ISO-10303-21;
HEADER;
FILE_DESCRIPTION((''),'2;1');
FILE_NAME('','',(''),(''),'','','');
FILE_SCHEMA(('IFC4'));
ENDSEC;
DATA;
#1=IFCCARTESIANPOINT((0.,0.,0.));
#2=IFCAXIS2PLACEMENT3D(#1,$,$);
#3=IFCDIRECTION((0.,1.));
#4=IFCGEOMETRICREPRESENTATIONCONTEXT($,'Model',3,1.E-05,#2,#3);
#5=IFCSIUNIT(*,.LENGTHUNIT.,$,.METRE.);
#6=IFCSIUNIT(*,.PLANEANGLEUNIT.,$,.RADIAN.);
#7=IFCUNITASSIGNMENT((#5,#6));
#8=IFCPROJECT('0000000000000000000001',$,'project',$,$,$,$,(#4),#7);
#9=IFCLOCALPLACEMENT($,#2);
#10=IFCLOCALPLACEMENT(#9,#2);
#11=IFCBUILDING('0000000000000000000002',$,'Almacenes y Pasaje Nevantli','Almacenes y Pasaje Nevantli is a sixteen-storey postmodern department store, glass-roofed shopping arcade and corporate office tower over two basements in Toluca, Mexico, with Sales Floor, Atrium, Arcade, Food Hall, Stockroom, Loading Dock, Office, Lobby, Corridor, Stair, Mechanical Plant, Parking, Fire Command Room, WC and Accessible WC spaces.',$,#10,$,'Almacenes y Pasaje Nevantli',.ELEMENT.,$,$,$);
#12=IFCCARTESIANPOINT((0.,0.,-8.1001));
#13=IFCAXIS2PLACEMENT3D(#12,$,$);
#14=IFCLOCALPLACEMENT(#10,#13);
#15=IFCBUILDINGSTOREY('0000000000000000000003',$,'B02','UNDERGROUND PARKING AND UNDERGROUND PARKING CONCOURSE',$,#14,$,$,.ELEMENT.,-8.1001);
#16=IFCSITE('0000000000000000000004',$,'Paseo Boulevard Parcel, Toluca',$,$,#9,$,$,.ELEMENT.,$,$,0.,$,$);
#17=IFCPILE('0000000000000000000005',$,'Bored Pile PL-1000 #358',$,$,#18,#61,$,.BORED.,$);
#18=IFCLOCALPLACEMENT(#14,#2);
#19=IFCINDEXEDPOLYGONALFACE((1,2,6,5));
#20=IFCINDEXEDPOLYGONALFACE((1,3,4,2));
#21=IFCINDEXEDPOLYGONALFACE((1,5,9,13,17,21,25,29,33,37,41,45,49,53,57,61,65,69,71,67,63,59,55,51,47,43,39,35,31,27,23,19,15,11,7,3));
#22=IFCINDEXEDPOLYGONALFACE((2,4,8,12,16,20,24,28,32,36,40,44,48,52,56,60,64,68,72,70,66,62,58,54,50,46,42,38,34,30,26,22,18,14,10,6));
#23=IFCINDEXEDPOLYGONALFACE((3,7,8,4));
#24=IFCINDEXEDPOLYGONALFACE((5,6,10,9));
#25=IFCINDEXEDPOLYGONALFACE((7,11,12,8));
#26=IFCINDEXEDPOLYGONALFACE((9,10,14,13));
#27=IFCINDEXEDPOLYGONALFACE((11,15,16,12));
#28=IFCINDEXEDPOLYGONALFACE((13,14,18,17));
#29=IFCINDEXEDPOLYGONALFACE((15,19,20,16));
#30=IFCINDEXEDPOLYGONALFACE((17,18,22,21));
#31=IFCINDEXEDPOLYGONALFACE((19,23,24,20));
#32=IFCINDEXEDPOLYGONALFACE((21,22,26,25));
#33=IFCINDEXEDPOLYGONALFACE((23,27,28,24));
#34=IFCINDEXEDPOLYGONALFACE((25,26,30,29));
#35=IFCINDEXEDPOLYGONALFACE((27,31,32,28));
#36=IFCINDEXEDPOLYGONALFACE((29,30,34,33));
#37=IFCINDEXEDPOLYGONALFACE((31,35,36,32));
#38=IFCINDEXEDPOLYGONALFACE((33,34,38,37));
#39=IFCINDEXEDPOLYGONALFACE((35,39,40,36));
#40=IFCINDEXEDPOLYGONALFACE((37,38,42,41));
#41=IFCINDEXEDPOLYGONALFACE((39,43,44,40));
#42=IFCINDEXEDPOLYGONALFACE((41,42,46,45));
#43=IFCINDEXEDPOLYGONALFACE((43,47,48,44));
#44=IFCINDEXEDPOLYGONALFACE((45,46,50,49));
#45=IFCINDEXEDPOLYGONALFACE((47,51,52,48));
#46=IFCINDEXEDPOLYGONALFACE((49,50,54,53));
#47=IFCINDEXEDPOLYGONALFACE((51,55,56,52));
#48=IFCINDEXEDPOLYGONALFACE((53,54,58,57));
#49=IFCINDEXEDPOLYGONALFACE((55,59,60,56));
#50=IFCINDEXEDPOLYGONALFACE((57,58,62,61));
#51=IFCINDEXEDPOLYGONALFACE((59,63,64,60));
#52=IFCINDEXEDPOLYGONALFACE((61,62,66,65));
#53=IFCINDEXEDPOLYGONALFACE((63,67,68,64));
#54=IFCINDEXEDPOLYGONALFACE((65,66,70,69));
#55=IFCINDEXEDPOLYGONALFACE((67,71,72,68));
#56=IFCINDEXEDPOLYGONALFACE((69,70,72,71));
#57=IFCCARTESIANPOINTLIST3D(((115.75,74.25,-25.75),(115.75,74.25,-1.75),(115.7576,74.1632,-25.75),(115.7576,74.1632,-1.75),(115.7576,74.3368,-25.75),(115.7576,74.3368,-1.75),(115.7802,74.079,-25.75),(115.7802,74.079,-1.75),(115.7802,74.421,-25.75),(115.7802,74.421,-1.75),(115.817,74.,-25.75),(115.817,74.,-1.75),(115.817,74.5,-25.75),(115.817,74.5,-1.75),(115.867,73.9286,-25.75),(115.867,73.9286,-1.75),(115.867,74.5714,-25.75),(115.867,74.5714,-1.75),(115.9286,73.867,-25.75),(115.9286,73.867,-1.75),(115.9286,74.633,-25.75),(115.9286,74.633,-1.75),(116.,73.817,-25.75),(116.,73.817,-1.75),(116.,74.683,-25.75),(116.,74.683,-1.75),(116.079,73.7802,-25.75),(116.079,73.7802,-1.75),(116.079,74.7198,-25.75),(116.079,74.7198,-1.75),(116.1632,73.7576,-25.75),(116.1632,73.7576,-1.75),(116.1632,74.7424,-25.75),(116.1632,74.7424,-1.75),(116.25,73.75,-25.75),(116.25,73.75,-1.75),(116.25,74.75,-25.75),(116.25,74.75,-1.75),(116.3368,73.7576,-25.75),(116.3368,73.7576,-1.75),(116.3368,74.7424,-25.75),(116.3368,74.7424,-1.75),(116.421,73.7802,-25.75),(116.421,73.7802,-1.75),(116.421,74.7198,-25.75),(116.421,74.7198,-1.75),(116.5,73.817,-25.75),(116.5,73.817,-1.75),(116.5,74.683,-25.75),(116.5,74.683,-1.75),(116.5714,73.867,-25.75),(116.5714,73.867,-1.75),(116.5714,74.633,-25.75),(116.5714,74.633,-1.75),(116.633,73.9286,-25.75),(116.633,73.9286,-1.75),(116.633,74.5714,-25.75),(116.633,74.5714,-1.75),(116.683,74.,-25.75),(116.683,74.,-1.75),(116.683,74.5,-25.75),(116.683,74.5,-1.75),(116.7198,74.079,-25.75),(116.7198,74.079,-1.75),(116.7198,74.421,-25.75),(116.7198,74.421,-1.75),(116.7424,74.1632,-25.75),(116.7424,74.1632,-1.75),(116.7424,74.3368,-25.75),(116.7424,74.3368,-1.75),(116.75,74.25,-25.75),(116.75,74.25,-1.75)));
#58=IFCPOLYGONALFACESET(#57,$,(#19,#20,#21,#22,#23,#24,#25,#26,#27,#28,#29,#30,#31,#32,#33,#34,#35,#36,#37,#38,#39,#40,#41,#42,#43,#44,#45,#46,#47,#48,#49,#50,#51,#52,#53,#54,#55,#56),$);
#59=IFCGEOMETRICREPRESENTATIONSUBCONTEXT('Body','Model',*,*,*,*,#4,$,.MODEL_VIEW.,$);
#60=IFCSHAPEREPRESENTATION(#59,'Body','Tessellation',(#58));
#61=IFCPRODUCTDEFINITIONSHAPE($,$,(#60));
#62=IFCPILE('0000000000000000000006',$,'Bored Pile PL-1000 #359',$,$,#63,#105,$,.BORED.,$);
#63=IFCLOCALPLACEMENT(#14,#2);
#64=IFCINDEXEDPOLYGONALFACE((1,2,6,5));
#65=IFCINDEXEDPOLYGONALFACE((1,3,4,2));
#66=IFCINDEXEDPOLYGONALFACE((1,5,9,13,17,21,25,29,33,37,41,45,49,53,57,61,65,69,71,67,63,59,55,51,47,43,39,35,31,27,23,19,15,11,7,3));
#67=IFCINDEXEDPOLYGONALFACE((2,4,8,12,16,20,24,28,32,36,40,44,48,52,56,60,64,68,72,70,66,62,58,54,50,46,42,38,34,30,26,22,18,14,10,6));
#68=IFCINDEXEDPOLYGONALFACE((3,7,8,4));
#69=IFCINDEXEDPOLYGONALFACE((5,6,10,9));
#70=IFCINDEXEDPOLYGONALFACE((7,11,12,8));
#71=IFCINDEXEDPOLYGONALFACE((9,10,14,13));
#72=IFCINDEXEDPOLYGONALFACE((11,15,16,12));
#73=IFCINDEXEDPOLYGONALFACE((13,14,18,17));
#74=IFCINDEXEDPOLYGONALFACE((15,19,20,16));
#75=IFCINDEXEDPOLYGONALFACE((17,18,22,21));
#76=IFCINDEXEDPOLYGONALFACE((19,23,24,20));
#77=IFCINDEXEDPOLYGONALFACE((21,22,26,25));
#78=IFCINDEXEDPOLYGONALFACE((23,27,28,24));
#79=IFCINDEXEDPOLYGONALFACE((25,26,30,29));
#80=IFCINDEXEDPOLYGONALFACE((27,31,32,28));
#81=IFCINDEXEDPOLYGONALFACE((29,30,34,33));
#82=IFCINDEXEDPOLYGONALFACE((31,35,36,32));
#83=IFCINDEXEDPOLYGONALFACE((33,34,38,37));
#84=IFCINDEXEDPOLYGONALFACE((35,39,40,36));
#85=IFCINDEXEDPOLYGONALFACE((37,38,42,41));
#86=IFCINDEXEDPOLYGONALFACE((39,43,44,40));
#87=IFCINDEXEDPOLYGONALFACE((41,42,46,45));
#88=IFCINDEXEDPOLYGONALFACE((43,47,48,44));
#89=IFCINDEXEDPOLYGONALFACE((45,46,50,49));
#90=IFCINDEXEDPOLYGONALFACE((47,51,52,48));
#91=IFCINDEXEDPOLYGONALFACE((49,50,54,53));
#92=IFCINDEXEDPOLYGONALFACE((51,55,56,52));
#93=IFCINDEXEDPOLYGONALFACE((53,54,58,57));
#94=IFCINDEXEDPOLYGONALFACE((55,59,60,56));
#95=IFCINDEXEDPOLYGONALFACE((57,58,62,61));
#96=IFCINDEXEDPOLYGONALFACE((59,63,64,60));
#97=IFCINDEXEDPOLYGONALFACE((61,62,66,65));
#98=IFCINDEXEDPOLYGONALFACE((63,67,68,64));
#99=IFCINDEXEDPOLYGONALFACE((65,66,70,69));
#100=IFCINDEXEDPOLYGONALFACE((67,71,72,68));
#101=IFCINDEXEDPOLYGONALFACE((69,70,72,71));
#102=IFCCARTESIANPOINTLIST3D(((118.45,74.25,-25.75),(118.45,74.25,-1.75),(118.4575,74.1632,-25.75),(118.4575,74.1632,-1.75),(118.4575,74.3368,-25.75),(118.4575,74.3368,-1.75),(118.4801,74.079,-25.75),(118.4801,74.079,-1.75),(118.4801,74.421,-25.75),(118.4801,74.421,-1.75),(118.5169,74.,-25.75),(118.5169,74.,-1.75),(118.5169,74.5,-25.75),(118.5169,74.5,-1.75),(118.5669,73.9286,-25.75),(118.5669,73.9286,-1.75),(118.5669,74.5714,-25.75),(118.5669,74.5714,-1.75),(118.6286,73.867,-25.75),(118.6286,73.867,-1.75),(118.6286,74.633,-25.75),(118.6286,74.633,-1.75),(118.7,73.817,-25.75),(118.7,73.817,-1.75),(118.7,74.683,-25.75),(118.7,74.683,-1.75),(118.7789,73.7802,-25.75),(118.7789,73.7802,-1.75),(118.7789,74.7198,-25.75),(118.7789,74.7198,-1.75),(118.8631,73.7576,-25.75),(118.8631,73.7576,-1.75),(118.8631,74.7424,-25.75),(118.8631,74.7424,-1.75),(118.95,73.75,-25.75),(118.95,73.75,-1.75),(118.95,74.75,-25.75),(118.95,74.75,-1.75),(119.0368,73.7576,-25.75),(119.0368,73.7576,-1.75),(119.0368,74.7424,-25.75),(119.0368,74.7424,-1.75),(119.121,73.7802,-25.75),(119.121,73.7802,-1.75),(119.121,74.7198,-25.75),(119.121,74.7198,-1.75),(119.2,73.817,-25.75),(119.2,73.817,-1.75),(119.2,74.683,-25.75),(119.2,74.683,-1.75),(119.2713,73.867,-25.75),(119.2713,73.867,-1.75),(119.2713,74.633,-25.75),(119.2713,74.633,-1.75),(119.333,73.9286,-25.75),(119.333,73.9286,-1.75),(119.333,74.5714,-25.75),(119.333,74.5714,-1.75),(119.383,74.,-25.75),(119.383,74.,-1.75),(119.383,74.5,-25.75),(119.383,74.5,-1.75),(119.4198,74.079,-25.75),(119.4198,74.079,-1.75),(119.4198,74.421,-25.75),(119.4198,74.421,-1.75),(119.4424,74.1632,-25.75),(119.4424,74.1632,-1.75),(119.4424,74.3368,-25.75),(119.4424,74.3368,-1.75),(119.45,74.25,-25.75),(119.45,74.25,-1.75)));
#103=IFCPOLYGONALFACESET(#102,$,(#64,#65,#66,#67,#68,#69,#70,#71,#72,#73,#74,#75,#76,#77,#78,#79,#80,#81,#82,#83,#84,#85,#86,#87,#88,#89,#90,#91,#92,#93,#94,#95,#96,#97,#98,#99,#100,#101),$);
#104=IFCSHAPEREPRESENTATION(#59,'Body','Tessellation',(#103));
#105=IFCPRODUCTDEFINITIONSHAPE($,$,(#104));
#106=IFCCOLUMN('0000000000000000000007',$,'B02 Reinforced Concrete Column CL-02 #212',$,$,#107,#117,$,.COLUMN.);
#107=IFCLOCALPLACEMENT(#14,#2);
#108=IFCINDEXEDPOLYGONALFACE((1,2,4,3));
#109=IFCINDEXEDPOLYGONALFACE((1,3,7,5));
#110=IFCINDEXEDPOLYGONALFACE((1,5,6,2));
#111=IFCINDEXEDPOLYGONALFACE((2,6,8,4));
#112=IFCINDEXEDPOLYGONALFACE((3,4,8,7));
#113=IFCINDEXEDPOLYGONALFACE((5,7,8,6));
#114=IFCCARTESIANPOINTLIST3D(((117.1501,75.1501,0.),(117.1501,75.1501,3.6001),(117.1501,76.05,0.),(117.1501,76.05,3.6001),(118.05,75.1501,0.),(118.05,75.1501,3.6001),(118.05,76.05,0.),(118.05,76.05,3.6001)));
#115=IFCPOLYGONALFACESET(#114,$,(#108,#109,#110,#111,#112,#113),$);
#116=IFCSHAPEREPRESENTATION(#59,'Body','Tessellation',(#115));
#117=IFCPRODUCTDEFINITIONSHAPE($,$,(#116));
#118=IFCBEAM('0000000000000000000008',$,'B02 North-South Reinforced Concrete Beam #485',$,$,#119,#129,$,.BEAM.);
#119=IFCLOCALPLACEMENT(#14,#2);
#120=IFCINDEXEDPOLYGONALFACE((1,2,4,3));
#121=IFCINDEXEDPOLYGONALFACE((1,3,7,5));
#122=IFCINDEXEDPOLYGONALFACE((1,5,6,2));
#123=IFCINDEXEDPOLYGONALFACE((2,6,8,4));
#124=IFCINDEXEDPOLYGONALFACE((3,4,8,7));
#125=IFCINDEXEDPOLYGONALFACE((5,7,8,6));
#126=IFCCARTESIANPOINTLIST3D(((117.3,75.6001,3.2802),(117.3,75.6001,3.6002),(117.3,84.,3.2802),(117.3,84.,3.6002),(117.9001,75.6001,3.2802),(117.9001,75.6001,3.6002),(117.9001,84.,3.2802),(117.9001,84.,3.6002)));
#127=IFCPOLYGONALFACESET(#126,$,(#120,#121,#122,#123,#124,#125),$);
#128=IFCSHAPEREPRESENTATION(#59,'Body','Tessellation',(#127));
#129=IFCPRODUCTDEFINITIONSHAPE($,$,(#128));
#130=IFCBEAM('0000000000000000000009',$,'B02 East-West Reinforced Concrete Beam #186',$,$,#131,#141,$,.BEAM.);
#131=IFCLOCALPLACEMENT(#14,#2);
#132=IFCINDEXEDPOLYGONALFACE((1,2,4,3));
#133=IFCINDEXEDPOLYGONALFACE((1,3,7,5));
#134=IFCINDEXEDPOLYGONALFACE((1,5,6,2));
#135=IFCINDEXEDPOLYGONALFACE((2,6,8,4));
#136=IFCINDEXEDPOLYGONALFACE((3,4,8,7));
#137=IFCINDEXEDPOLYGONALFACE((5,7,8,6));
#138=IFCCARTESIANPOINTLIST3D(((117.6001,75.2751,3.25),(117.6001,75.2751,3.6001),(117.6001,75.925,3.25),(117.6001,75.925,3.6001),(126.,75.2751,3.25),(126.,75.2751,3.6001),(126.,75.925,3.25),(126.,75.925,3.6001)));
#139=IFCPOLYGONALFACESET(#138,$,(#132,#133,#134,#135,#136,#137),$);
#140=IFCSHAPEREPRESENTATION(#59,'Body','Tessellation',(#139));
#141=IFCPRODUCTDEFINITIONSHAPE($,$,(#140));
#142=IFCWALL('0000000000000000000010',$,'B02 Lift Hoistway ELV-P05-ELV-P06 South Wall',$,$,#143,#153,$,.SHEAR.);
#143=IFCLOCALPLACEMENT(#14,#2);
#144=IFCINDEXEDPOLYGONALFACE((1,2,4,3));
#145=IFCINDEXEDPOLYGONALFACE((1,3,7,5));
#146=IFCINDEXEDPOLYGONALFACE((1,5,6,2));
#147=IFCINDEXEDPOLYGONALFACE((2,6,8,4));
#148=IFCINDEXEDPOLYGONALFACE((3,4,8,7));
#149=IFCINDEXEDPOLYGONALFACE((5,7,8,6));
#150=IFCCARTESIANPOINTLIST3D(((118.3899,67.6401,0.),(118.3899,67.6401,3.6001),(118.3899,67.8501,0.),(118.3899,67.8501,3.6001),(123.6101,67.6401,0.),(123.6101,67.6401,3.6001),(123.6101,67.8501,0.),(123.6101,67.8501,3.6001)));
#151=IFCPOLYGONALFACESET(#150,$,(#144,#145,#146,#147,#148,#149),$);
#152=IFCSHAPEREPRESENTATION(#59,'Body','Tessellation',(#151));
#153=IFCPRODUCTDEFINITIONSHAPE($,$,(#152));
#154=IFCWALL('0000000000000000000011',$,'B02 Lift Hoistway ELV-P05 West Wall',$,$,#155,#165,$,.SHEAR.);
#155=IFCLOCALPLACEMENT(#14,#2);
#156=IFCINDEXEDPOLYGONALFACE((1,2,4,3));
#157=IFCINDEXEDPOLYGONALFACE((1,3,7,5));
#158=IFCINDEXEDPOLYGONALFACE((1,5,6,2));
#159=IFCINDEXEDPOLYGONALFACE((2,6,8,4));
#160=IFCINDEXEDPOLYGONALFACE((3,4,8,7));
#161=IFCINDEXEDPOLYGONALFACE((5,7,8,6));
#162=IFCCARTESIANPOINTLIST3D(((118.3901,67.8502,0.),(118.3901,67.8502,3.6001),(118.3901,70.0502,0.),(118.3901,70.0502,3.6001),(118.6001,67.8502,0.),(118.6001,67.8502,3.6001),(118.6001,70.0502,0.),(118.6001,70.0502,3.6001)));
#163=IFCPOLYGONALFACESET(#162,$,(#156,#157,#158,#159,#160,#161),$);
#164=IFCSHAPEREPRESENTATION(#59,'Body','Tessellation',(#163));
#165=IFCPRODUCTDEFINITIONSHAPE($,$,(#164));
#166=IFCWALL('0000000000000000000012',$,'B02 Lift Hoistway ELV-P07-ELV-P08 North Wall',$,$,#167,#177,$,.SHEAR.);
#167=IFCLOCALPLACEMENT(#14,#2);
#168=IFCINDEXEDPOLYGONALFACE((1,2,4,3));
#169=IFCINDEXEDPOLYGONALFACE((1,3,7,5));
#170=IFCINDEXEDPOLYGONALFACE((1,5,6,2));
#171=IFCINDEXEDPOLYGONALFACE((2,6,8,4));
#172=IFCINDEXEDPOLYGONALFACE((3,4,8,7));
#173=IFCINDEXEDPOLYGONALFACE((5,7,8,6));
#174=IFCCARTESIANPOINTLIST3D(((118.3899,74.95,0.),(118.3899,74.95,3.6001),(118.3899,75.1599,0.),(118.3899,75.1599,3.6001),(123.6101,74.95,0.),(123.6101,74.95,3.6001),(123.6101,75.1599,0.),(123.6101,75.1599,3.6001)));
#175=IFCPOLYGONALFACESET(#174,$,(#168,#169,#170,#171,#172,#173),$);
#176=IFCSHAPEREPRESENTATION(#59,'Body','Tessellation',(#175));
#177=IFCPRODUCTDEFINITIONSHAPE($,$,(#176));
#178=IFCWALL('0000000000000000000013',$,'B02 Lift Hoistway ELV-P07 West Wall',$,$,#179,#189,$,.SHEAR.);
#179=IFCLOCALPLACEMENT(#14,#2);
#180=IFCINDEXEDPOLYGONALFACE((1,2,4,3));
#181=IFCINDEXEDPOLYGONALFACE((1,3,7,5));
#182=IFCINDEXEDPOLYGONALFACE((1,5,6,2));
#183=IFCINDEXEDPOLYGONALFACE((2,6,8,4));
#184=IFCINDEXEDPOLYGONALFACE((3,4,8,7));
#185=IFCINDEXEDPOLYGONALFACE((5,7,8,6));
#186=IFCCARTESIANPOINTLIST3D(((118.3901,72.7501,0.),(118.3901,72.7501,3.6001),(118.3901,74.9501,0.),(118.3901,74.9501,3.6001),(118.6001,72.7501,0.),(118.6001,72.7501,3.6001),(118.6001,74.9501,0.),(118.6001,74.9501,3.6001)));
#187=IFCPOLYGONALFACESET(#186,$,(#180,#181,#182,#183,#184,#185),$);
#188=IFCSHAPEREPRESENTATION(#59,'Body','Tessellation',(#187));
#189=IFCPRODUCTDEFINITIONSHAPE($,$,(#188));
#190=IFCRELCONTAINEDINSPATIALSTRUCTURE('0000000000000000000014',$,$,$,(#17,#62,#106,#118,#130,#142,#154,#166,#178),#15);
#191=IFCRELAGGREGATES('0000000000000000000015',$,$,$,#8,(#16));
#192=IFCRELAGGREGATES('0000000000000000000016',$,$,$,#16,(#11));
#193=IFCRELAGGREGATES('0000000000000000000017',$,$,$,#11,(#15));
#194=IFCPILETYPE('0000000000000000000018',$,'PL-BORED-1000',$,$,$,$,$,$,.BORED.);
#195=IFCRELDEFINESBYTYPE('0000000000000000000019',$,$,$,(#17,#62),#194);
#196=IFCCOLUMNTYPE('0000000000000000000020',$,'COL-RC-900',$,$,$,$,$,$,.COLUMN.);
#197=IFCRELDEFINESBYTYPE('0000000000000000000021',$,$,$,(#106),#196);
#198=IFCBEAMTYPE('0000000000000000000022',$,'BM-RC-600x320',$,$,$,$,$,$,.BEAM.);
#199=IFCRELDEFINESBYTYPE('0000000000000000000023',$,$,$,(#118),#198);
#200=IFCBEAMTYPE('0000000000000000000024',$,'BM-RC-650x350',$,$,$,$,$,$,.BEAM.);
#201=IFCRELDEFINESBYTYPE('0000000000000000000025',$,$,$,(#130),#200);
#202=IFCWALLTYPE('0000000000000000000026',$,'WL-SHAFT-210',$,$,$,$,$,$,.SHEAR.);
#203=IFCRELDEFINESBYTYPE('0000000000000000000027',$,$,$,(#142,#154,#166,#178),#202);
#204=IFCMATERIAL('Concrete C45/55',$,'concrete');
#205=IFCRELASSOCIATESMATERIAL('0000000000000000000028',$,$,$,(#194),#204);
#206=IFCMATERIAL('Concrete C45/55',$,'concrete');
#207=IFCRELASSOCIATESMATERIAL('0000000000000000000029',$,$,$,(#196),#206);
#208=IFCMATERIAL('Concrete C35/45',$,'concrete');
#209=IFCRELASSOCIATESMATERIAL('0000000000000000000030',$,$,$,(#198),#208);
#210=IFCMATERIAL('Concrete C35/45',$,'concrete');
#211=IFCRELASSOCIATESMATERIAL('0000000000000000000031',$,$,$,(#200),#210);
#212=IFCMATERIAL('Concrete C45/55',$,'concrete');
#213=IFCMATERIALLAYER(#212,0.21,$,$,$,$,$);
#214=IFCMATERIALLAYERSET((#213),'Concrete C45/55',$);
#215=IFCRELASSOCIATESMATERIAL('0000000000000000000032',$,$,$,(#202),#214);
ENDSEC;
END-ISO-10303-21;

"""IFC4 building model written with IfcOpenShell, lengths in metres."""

from ifc_helpers import new_model, si_unit, direction, frame, frame_2d, origin, origin_2d, place, context, subcontext, project, spatial, rectangle, circle, extrude, material, layer, layer_set, material_profile, profile_set, type_object, element, save


model = new_model("IFC4")

# Units and contexts
model_context = context("Model", 3, precision=1e-05, world=origin(), true_north=direction((0.0, 1.0)))
body_context = subcontext(model_context, "Body", "Model", "MODEL_VIEW")
ifc_project = project(units=[si_unit("LENGTHUNIT", "METRE"), si_unit("PLANEANGLEUNIT", "RADIAN")], contexts=[model_context])

# Site, building, storey
site_placement = place(None, origin())
site = spatial("IfcSite", under=ifc_project, at=site_placement, Name="Paseo Boulevard Parcel, Toluca", CompositionType="ELEMENT", RefElevation=0.0)
building_placement = place(site_placement, origin())
building = spatial("IfcBuilding", under=site, at=building_placement, Name="Almacenes y Pasaje Nevantli", Description="Almacenes y Pasaje Nevantli is a sixteen-storey postmodern department store, glass-roofed shopping arcade and corporate office tower over two basements in Toluca, Mexico, with Sales Floor, Atrium, Arcade, Food Hall, Stockroom, Loading Dock, Office, Lobby, Corridor, Stair, Mechanical Plant, Parking, Fire Command Room, WC and Accessible WC spaces.", LongName="Almacenes y Pasaje Nevantli", CompositionType="ELEMENT")
storey_placement = place(building_placement, frame((0.0, 0.0, -8.1001)))
storey = spatial("IfcBuildingStorey", under=building, at=storey_placement, Name="B02", Description="UNDERGROUND PARKING AND UNDERGROUND PARKING CONCOURSE", CompositionType="ELEMENT", Elevation=-8.1001)

# Piles
ifc_material_1 = material(Name="Concrete C45/55", Category="concrete")
ifc_material_profile_1 = material_profile(ifc_material_1, circle(Radius=0.5, at=origin_2d()), Name="RC-PILE-D1000")
ifc_profile_set_1 = profile_set([ifc_material_profile_1], Name="Concrete C45/55")
pile_type = type_object("IfcPileType", Name="PL-BORED-1000", PredefinedType="BORED", material=ifc_profile_set_1)
for number, where, z_axis, x_axis, name in (
    (1, (116.25, 74.25, -1.75), (0.0, 0.0, -1.0), (1.0, 0.0, 0.0), "Bored Pile PL-1000 #358"),
    (2, (118.95, 74.25, -1.75), (0.0, 0.0, -1.0), (1.0, 0.0, 0.0), "Bored Pile PL-1000 #359"),
):
    element("IfcPile", number, at=place(storey_placement, frame(where, z_axis=z_axis, x_axis=x_axis)), inside=storey, type_object=pile_type, Name=name, PredefinedType="BORED", context=body_context, shape_type="SweptSolid", body=[
        extrude(circle(Radius=0.5, at=origin_2d()), origin(), (0.0, 0.0, 1.0), 24.0),
    ])

# Column
ifc_material_2 = material(Name="Concrete C45/55", Category="concrete")
ifc_material_profile_2 = material_profile(ifc_material_2, rectangle(XDim=0.8999, YDim=0.8999, at=origin_2d()), Name="RC-COL-900x900")
ifc_profile_set_2 = profile_set([ifc_material_profile_2], Name="Concrete C45/55")
column_type = type_object("IfcColumnType", Name="COL-RC-900", PredefinedType="COLUMN", material=ifc_profile_set_2)
column_placement = place(storey_placement, frame((117.6001, 75.6001, 0.0), z_axis=(0.0, 0.0, 1.0), x_axis=(1.0, 0.0, 0.0)))
element("IfcColumn", 3, at=column_placement, inside=storey, type_object=column_type, Name="B02 Reinforced Concrete Column CL-02 #212", PredefinedType="COLUMN", context=body_context, shape_type="SweptSolid", body=[
    extrude(rectangle(XDim=0.8999, YDim=0.8999, at=origin_2d()), origin(), (0.0, 0.0, 1.0), 3.6001),
])

# Beams
ifc_material_3 = material(Name="Concrete C35/45", Category="concrete")
ifc_material_profile_3 = material_profile(ifc_material_3, rectangle(XDim=0.6001, YDim=0.3201, at=origin_2d()), Name="RC-BM-600x320")
ifc_profile_set_3 = profile_set([ifc_material_profile_3], Name="Concrete C35/45")
beam_type_1 = type_object("IfcBeamType", Name="BM-RC-600x320", PredefinedType="BEAM", material=ifc_profile_set_3)
beam_1_placement = place(storey_placement, frame((117.6001, 75.6001, 3.4402), z_axis=(0.0, 1.0, 0.0), x_axis=(-1.0, 0.0, 0.0)))
element("IfcBeam", 4, at=beam_1_placement, inside=storey, type_object=beam_type_1, Name="B02 North-South Reinforced Concrete Beam #485", PredefinedType="BEAM", context=body_context, shape_type="SweptSolid", body=[
    extrude(rectangle(XDim=0.6001, YDim=0.3201, at=origin_2d()), origin(), (0.0, 0.0, 1.0), 8.3999),
])
ifc_material_4 = material(Name="Concrete C35/45", Category="concrete")
ifc_material_profile_4 = material_profile(ifc_material_4, rectangle(XDim=0.6499, YDim=0.3501, at=origin_2d()), Name="RC-BM-650x350")
ifc_profile_set_4 = profile_set([ifc_material_profile_4], Name="Concrete C35/45")
beam_type_2 = type_object("IfcBeamType", Name="BM-RC-650x350", PredefinedType="BEAM", material=ifc_profile_set_4)
beam_2_placement = place(storey_placement, frame((117.6001, 75.6001, 3.425), z_axis=(1.0, 0.0, 0.0), x_axis=(0.0, 1.0, 0.0)))
element("IfcBeam", 5, at=beam_2_placement, inside=storey, type_object=beam_type_2, Name="B02 East-West Reinforced Concrete Beam #186", PredefinedType="BEAM", context=body_context, shape_type="SweptSolid", body=[
    extrude(rectangle(XDim=0.6499, YDim=0.3501, at=origin_2d()), origin(), (0.0, 0.0, 1.0), 8.3999),
])

# Wall
ifc_material_5 = material(Name="Concrete C45/55", Category="concrete")
ifc_layer_1 = layer(ifc_material_5, 0.21)
ifc_layer_set_1 = layer_set([ifc_layer_1], Name="Concrete C45/55")
wall_type = type_object("IfcWallType", Name="WL-SHAFT-210", PredefinedType="SHEAR", material=ifc_layer_set_1)
wall_1_placement = place(storey_placement, frame((118.3899, 67.7451, 0.0), z_axis=(0.0, 0.0, 1.0), x_axis=(1.0, 0.0, 0.0)))
element("IfcWall", 6, at=wall_1_placement, inside=storey, type_object=wall_type, Name="B02 Lift Hoistway ELV-P05-ELV-P06 South Wall", PredefinedType="SHEAR", context=body_context, shape_type="SweptSolid", body=[
    extrude(rectangle(XDim=5.2202, YDim=0.21, at=frame_2d((2.6101, 0.0))), origin(), (0.0, 0.0, 1.0), 3.6001),
])

# Wall
wall_2_placement = place(storey_placement, frame((118.4951, 67.8501, 0.0), z_axis=(0.0, 0.0, 1.0), x_axis=(0.0, 1.0, 0.0)))
element("IfcWall", 7, at=wall_2_placement, inside=storey, type_object=wall_type, Name="B02 Lift Hoistway ELV-P05 West Wall", PredefinedType="SHEAR", context=body_context, shape_type="SweptSolid", body=[
    extrude(rectangle(XDim=2.2, YDim=0.21, at=frame_2d((1.1001, 0.0))), origin(), (0.0, 0.0, 1.0), 3.6001),
])

# Walls
wall_3_placement = place(storey_placement, frame((118.3899, 75.0549, 0.0), z_axis=(0.0, 0.0, 1.0), x_axis=(1.0, 0.0, 0.0)))
element("IfcWall", 8, at=wall_3_placement, inside=storey, type_object=wall_type, Name="B02 Lift Hoistway ELV-P07-ELV-P08 North Wall", PredefinedType="SHEAR", context=body_context, shape_type="SweptSolid", body=[
    extrude(rectangle(XDim=5.2202, YDim=0.21, at=frame_2d((2.6101, 0.0))), origin(), (0.0, 0.0, 1.0), 3.6001),
])
wall_4_placement = place(storey_placement, frame((118.4951, 72.75, 0.0), z_axis=(0.0, 0.0, 1.0), x_axis=(0.0, 1.0, 0.0)))
element("IfcWall", 9, at=wall_4_placement, inside=storey, type_object=wall_type, Name="B02 Lift Hoistway ELV-P07 West Wall", PredefinedType="SHEAR", context=body_context, shape_type="SweptSolid", body=[
    extrude(rectangle(XDim=2.2, YDim=0.21, at=frame_2d((1.1001, 0.0))), origin(), (0.0, 0.0, 1.0), 3.6001),
])

save(model, "model.ifc")
